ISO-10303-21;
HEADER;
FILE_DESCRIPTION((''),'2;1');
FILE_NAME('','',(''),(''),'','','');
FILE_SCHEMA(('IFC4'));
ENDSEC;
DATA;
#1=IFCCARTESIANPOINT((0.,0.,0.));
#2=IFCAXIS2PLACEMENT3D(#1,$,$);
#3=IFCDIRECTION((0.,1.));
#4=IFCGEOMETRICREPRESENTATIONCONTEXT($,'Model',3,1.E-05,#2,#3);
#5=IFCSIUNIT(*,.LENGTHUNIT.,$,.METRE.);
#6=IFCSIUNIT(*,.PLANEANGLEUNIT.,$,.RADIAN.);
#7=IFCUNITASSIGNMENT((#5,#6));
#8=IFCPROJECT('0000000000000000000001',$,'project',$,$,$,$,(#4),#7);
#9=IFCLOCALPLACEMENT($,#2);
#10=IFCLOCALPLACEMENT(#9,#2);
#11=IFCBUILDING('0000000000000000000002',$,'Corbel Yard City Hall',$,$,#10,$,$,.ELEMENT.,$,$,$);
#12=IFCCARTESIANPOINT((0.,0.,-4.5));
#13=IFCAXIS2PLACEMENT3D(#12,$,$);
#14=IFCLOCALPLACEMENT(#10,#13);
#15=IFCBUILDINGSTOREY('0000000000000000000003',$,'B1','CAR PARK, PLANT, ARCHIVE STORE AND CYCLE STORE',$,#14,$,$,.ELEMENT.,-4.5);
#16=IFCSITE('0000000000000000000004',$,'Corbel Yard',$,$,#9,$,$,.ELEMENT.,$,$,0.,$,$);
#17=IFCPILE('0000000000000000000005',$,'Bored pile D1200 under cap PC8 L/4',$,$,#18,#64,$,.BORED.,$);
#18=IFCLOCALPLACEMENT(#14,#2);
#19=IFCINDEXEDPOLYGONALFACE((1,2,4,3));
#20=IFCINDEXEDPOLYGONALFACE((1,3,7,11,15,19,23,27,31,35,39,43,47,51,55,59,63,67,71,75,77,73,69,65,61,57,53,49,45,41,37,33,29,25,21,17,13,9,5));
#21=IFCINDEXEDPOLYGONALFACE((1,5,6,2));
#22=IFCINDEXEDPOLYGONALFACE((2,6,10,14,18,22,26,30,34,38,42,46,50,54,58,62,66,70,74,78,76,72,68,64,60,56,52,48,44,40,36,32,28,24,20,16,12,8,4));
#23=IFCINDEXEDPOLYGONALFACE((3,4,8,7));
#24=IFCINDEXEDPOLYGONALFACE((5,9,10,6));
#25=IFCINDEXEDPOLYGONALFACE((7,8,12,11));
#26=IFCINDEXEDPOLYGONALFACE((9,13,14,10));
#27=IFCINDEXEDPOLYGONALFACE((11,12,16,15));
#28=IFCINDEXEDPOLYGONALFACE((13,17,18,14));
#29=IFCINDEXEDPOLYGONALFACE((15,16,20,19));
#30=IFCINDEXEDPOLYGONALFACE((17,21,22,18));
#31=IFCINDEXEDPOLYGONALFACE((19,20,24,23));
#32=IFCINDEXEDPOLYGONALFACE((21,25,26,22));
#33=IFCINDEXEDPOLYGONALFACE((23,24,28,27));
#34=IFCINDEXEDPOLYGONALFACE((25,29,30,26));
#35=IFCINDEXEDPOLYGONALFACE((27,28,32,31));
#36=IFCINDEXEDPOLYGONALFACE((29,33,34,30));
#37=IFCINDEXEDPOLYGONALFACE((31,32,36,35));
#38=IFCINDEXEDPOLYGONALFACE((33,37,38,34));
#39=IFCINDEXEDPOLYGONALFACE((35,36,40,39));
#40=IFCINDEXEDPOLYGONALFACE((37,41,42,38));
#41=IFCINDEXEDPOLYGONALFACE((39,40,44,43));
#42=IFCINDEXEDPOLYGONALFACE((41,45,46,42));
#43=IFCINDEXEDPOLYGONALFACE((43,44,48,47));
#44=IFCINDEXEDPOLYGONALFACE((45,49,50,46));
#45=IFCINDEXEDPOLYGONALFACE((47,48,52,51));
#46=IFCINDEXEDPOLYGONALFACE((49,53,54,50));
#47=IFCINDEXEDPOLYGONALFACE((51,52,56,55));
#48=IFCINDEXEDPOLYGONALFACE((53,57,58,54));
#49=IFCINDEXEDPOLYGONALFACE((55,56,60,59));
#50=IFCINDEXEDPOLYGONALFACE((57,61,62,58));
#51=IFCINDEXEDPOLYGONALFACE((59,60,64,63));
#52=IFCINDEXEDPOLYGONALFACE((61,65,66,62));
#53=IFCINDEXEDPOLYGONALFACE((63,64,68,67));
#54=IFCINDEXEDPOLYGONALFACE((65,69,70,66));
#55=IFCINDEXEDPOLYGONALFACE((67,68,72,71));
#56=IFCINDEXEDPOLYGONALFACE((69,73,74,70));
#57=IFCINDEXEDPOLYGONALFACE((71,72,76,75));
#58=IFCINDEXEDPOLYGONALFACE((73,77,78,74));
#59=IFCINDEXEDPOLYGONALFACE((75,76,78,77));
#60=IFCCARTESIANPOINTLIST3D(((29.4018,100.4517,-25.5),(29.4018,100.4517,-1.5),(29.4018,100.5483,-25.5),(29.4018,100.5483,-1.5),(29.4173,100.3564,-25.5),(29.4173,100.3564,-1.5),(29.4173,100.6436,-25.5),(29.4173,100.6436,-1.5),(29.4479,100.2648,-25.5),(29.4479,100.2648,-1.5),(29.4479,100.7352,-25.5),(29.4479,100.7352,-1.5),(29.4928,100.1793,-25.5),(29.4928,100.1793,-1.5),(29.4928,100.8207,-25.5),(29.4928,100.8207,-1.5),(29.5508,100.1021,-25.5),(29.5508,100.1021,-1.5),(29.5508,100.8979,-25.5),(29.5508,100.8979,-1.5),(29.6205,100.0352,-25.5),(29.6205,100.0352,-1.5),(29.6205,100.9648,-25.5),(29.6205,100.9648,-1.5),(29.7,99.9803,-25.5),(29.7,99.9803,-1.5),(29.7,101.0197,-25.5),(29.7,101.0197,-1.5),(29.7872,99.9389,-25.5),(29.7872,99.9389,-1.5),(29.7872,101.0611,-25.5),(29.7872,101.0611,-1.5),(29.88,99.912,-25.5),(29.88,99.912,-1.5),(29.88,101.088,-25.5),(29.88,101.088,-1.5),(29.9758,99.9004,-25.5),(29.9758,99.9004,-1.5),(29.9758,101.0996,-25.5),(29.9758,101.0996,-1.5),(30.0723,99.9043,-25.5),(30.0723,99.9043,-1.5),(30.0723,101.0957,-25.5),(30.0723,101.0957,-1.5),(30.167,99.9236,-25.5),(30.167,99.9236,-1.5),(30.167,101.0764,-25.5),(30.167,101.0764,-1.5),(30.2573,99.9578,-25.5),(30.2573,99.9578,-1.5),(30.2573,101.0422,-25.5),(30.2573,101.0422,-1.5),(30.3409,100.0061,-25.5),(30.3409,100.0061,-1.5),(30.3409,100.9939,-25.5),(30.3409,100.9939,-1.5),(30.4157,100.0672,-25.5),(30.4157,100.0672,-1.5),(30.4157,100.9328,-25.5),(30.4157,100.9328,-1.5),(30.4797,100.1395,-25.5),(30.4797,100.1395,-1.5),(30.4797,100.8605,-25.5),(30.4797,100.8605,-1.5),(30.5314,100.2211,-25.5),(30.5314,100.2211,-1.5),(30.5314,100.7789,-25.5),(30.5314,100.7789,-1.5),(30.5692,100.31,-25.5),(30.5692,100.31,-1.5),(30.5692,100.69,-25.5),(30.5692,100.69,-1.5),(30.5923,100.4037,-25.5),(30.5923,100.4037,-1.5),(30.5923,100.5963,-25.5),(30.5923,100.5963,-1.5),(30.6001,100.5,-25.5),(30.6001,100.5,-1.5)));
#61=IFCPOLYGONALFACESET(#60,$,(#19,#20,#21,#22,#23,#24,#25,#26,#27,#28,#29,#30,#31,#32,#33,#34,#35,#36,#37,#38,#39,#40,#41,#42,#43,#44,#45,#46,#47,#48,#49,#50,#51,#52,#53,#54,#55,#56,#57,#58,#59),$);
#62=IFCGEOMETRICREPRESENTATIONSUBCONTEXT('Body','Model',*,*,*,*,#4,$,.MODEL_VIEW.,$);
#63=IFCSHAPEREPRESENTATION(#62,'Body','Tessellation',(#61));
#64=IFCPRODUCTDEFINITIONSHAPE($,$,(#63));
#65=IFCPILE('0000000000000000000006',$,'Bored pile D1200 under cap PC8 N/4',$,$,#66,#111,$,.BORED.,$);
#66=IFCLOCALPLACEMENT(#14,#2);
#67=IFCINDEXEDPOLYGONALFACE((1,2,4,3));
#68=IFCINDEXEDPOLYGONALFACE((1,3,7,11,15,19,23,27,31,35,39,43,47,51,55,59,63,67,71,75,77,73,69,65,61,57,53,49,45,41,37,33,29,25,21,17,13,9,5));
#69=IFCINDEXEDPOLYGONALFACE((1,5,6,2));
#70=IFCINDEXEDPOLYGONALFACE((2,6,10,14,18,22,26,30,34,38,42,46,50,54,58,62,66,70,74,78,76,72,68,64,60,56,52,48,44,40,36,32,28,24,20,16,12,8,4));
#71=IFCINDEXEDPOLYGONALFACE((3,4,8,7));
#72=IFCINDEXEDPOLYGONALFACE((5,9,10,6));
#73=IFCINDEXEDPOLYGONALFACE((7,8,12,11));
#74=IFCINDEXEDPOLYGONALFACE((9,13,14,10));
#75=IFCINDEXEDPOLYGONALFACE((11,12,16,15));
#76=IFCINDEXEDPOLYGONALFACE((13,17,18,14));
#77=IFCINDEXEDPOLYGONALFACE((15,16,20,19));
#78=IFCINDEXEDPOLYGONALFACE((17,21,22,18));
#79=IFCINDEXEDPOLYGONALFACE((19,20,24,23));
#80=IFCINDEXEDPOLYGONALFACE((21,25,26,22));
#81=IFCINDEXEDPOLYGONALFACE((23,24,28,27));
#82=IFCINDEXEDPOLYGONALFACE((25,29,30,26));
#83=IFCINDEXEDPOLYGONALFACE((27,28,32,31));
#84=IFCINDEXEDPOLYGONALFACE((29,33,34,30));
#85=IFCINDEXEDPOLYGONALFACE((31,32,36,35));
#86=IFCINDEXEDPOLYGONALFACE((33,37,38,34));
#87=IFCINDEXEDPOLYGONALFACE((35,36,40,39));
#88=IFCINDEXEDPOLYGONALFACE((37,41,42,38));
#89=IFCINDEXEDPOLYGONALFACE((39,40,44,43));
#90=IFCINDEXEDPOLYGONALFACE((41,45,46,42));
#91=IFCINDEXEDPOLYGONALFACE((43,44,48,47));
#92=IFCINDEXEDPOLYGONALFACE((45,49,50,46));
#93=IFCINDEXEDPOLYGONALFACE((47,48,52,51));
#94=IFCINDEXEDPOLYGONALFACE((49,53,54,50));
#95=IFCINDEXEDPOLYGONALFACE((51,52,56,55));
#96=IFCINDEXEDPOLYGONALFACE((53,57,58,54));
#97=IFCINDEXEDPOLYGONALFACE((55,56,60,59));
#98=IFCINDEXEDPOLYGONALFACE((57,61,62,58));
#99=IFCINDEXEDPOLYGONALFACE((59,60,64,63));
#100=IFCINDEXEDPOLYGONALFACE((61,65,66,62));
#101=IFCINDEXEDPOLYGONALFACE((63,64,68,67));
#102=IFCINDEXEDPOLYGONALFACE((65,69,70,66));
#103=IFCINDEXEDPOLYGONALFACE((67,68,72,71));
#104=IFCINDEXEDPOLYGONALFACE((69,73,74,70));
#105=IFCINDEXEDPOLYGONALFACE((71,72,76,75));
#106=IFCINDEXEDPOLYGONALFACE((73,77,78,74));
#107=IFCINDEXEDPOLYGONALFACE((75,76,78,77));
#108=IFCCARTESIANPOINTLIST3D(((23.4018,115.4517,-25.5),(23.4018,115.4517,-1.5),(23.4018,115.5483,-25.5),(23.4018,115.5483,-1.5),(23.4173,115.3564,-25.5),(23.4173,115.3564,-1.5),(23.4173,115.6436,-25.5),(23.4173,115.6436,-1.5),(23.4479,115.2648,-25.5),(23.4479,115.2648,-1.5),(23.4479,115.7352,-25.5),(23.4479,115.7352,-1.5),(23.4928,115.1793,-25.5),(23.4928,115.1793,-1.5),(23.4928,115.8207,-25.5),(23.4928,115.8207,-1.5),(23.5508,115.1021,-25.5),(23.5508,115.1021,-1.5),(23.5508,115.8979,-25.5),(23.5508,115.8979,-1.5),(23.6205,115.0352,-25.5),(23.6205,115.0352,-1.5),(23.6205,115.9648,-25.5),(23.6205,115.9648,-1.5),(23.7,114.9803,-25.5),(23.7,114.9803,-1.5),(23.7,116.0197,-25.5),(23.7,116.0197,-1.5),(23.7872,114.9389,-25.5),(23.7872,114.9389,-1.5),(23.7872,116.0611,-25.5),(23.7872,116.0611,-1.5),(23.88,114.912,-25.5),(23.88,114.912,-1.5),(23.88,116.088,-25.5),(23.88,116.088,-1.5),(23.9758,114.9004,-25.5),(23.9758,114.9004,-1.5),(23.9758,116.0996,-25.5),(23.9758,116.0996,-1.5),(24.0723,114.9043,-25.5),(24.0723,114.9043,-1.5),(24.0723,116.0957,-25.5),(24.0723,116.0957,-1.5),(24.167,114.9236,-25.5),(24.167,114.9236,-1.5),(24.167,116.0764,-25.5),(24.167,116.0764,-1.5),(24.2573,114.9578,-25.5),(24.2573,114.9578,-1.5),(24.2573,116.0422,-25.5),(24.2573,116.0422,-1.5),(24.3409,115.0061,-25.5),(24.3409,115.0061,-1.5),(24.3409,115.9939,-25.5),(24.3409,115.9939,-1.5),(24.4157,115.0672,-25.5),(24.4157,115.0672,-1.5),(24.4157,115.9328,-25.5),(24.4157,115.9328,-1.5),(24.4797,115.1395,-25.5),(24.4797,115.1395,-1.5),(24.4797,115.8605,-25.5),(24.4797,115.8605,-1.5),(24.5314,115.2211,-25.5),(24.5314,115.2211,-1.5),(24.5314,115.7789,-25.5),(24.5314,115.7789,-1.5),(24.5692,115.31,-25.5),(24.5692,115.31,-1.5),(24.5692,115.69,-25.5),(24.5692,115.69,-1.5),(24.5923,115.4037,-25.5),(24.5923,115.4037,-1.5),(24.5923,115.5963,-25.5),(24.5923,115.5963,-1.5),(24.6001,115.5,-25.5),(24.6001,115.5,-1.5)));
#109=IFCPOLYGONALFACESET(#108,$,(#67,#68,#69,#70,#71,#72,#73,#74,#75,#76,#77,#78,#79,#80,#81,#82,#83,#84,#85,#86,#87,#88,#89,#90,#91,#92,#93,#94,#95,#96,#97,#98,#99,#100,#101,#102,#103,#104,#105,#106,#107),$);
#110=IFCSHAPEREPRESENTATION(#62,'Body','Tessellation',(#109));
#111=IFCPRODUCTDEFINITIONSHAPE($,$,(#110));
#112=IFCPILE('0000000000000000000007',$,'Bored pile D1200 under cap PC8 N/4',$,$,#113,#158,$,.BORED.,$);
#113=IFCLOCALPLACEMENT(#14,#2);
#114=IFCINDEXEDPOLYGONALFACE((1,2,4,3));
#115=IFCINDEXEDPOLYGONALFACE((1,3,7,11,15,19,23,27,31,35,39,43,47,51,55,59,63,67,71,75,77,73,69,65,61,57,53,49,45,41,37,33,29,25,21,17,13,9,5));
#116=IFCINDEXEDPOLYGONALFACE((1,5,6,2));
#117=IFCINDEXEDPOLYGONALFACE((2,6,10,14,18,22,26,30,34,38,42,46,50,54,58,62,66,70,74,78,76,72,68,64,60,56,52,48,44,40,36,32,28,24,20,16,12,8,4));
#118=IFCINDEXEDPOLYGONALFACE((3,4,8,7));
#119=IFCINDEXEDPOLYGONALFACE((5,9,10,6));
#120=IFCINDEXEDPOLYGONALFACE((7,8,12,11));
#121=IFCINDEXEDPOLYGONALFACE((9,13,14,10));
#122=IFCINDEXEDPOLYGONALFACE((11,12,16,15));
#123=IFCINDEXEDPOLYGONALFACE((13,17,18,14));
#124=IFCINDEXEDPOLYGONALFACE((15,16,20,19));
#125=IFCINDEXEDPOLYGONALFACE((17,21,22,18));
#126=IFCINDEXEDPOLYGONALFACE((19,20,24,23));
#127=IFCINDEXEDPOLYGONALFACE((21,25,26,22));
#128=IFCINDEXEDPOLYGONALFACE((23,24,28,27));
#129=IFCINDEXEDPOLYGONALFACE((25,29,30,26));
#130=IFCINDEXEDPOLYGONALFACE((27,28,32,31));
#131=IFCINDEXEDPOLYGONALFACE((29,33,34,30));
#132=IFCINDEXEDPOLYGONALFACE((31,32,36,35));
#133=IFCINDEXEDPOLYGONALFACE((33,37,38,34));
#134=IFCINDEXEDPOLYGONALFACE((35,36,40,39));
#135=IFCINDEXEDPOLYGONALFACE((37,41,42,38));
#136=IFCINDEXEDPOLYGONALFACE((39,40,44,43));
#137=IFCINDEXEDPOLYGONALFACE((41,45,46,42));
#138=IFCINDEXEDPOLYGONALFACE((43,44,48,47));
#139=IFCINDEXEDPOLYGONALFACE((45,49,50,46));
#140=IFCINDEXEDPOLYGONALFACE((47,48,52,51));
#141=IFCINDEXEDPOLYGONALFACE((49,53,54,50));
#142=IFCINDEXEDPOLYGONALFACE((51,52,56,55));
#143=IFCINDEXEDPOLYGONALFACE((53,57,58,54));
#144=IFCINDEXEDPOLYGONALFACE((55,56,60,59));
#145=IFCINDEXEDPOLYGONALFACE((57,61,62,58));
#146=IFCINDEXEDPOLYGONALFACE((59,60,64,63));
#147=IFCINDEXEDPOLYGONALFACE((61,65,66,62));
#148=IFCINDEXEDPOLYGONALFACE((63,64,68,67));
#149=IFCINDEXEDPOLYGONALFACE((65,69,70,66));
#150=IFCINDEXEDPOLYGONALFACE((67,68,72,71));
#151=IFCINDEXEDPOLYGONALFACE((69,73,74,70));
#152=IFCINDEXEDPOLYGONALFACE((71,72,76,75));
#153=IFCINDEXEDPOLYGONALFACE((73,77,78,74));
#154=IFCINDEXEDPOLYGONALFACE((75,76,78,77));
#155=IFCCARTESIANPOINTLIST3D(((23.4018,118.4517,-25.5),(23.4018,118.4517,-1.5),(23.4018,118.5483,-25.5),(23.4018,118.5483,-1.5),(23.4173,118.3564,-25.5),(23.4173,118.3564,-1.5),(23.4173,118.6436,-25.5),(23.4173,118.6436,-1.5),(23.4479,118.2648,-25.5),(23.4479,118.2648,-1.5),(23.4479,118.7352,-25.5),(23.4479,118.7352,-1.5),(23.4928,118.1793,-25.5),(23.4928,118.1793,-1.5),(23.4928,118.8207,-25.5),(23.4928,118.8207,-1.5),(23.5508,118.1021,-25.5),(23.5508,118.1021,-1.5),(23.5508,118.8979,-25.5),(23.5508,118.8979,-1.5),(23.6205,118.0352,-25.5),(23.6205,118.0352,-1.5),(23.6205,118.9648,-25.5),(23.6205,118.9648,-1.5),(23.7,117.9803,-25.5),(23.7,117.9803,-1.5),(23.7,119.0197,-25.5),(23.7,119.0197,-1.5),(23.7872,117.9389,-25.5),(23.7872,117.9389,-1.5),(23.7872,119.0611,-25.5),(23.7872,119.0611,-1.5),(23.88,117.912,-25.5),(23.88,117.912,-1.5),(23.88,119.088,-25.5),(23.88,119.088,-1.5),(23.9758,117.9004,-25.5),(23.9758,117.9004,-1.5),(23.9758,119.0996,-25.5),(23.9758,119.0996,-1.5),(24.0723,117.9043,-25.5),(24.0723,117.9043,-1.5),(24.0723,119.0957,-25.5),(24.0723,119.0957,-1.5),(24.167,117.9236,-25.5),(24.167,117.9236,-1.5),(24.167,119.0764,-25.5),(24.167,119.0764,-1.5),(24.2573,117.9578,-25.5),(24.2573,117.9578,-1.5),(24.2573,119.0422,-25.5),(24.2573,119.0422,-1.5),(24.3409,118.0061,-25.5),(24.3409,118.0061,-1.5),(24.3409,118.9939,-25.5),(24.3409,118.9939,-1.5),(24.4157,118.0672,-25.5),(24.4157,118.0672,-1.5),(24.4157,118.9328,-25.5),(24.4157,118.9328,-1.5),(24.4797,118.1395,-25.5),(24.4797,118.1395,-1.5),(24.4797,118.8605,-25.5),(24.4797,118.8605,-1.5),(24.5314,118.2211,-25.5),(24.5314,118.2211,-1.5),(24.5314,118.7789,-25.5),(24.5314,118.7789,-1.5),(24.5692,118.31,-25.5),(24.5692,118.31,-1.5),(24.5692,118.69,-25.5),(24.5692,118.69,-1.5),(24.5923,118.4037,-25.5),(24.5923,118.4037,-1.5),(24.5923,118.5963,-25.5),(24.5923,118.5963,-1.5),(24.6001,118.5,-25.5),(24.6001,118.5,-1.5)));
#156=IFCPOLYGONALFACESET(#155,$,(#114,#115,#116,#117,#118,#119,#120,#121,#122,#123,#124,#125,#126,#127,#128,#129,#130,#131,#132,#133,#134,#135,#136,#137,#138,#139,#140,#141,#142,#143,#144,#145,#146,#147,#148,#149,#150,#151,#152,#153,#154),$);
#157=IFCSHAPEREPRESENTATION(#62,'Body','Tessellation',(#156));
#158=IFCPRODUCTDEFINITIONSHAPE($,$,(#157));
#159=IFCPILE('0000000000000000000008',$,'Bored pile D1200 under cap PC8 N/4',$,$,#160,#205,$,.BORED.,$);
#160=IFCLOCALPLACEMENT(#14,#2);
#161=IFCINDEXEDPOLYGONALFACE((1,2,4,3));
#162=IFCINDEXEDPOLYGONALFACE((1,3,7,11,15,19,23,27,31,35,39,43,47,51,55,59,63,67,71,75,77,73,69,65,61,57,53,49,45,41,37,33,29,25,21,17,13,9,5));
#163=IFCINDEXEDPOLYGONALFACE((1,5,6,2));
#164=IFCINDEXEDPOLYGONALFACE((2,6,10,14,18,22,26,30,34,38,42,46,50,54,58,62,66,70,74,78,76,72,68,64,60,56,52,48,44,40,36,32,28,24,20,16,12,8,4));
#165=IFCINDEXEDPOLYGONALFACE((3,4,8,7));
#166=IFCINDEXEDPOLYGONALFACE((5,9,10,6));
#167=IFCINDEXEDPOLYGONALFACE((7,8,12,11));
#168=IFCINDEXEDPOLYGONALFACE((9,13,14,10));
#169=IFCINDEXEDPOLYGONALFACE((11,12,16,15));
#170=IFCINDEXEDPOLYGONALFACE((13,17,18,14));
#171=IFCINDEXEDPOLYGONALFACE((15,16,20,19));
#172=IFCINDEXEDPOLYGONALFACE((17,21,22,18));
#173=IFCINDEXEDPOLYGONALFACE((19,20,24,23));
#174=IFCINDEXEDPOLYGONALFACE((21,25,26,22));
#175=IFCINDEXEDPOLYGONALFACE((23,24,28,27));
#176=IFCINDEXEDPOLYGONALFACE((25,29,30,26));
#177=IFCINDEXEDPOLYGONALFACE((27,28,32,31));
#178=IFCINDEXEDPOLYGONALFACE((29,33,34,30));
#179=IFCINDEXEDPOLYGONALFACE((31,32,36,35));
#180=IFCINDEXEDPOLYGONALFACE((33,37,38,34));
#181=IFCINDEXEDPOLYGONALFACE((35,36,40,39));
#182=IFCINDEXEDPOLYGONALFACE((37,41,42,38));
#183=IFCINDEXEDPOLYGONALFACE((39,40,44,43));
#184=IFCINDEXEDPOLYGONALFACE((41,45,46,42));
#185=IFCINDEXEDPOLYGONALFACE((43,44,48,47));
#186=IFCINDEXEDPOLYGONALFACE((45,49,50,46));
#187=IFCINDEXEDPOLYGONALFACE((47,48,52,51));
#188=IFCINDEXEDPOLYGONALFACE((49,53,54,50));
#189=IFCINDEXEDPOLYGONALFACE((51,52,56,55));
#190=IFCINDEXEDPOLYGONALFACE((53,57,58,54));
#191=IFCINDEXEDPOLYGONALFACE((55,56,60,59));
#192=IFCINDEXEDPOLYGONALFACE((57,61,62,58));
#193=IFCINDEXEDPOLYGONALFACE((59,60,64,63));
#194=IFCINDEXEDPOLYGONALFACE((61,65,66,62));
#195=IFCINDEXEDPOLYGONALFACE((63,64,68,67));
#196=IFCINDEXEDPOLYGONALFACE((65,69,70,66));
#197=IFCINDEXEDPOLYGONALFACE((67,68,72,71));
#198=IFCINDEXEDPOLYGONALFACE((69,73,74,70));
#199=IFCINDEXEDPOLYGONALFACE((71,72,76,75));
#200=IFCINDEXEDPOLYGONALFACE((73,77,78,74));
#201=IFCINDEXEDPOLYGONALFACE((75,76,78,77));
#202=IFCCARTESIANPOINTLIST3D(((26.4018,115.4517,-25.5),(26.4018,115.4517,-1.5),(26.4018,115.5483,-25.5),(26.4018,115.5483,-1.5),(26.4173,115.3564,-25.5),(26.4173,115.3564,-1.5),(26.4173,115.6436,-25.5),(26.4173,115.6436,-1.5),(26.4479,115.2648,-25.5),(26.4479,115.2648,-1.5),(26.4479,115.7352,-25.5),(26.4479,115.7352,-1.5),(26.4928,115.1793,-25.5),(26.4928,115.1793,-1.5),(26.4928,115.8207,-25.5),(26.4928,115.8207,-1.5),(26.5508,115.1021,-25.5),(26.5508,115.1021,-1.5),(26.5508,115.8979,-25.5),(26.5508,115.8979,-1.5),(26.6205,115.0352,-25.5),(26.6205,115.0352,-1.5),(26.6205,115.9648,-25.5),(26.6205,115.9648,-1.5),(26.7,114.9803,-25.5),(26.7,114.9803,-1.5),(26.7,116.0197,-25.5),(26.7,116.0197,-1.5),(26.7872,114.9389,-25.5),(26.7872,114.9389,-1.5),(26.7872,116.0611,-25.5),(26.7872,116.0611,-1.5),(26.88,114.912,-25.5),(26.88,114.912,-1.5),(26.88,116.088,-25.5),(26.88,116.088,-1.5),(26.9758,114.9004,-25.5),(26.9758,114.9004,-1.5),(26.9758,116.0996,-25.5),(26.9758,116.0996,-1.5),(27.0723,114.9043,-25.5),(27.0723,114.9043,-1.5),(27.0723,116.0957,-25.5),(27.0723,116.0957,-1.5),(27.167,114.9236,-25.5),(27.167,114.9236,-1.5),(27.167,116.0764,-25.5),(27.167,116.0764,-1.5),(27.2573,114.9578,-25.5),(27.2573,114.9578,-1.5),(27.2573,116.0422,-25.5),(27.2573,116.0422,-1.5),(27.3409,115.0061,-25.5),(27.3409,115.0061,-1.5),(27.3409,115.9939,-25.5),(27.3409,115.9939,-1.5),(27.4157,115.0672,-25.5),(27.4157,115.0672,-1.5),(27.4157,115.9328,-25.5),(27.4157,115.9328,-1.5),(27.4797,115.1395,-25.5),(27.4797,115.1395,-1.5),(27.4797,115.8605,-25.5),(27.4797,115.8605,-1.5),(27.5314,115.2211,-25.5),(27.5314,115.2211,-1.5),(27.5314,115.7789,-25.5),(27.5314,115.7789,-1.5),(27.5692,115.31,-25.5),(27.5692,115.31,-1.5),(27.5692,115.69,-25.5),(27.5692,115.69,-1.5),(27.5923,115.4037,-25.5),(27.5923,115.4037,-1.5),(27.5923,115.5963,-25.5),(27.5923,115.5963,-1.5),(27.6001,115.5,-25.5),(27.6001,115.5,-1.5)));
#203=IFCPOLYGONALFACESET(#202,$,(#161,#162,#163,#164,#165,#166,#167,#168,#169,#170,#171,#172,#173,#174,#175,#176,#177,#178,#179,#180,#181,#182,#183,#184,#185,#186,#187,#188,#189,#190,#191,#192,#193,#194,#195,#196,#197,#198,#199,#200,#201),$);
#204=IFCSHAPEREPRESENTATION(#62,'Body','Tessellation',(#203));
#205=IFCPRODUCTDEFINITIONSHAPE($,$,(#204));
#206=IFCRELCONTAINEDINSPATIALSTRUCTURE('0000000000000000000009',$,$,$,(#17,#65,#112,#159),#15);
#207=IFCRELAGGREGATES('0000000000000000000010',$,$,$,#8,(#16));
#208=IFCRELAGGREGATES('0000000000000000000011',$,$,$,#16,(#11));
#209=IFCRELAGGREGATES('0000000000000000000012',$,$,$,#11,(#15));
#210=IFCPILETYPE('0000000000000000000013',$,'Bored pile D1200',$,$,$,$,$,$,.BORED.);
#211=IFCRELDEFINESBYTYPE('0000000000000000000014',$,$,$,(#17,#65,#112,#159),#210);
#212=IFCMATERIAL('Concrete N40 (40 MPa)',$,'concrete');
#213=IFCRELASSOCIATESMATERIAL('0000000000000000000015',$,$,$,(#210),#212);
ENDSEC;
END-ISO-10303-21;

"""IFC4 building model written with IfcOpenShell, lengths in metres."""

from ifc_helpers import new_model, si_unit, direction, frame, origin, origin_2d, place, context, subcontext, project, spatial, circle, extrude, material, material_profile, profile_set, type_object, element, save


model = new_model("IFC4")

# Units and contexts
model_context = context("Model", 3, precision=1e-05, world=origin(), true_north=direction((0.0, 1.0)))
body_context = subcontext(model_context, "Body", "Model", "MODEL_VIEW")
ifc_project = project(units=[si_unit("LENGTHUNIT", "METRE"), si_unit("PLANEANGLEUNIT", "RADIAN")], contexts=[model_context])

# Site, building, storey
site_placement = place(None, origin())
site = spatial("IfcSite", under=ifc_project, at=site_placement, Name="Corbel Yard", CompositionType="ELEMENT", RefElevation=0.0)
building_placement = place(site_placement, origin())
building = spatial("IfcBuilding", under=site, at=building_placement, Name="Corbel Yard City Hall", CompositionType="ELEMENT")
storey_placement = place(building_placement, frame((0.0, 0.0, -4.5)))
storey = spatial("IfcBuildingStorey", under=building, at=storey_placement, Name="B1", Description="CAR PARK, PLANT, ARCHIVE STORE AND CYCLE STORE", CompositionType="ELEMENT", Elevation=-4.5)

# Piles
ifc_material_1 = material(Name="Concrete N40 (40 MPa)", Category="concrete")
ifc_material_profile = material_profile(ifc_material_1, circle(Radius=0.6001, at=origin_2d()), Name="D1200")
ifc_profile_set = profile_set([ifc_material_profile], Name="Concrete N40 (40 MPa)")
pile_type = type_object("IfcPileType", Name="Bored pile D1200", PredefinedType="BORED", material=ifc_profile_set)
for number, where, z_axis, x_axis, name in (
    (1, (30.0, 100.5, -1.5), (0.0, 0.0, -1.0), (1.0, 0.0, 0.0), "Bored pile D1200 under cap PC8 L/4"),
    (2, (24.0, 115.5, -1.5), (0.0, 0.0, -1.0), (1.0, 0.0, 0.0), "Bored pile D1200 under cap PC8 N/4"),
    (3, (24.0, 118.5, -1.5), (0.0, 0.0, -1.0), (1.0, 0.0, 0.0), "Bored pile D1200 under cap PC8 N/4"),
    (4, (27.0, 115.5, -1.5), (0.0, 0.0, -1.0), (1.0, 0.0, 0.0), "Bored pile D1200 under cap PC8 N/4"),
):
    element("IfcPile", number, at=place(storey_placement, frame(where, z_axis=z_axis, x_axis=x_axis)), inside=storey, type_object=pile_type, Name=name, PredefinedType="BORED", context=body_context, shape_type="SweptSolid", body=[
        extrude(circle(Radius=0.6001, at=origin_2d()), origin(), (0.0, 0.0, 1.0), 24.0),
    ])

save(model, "model.ifc")
